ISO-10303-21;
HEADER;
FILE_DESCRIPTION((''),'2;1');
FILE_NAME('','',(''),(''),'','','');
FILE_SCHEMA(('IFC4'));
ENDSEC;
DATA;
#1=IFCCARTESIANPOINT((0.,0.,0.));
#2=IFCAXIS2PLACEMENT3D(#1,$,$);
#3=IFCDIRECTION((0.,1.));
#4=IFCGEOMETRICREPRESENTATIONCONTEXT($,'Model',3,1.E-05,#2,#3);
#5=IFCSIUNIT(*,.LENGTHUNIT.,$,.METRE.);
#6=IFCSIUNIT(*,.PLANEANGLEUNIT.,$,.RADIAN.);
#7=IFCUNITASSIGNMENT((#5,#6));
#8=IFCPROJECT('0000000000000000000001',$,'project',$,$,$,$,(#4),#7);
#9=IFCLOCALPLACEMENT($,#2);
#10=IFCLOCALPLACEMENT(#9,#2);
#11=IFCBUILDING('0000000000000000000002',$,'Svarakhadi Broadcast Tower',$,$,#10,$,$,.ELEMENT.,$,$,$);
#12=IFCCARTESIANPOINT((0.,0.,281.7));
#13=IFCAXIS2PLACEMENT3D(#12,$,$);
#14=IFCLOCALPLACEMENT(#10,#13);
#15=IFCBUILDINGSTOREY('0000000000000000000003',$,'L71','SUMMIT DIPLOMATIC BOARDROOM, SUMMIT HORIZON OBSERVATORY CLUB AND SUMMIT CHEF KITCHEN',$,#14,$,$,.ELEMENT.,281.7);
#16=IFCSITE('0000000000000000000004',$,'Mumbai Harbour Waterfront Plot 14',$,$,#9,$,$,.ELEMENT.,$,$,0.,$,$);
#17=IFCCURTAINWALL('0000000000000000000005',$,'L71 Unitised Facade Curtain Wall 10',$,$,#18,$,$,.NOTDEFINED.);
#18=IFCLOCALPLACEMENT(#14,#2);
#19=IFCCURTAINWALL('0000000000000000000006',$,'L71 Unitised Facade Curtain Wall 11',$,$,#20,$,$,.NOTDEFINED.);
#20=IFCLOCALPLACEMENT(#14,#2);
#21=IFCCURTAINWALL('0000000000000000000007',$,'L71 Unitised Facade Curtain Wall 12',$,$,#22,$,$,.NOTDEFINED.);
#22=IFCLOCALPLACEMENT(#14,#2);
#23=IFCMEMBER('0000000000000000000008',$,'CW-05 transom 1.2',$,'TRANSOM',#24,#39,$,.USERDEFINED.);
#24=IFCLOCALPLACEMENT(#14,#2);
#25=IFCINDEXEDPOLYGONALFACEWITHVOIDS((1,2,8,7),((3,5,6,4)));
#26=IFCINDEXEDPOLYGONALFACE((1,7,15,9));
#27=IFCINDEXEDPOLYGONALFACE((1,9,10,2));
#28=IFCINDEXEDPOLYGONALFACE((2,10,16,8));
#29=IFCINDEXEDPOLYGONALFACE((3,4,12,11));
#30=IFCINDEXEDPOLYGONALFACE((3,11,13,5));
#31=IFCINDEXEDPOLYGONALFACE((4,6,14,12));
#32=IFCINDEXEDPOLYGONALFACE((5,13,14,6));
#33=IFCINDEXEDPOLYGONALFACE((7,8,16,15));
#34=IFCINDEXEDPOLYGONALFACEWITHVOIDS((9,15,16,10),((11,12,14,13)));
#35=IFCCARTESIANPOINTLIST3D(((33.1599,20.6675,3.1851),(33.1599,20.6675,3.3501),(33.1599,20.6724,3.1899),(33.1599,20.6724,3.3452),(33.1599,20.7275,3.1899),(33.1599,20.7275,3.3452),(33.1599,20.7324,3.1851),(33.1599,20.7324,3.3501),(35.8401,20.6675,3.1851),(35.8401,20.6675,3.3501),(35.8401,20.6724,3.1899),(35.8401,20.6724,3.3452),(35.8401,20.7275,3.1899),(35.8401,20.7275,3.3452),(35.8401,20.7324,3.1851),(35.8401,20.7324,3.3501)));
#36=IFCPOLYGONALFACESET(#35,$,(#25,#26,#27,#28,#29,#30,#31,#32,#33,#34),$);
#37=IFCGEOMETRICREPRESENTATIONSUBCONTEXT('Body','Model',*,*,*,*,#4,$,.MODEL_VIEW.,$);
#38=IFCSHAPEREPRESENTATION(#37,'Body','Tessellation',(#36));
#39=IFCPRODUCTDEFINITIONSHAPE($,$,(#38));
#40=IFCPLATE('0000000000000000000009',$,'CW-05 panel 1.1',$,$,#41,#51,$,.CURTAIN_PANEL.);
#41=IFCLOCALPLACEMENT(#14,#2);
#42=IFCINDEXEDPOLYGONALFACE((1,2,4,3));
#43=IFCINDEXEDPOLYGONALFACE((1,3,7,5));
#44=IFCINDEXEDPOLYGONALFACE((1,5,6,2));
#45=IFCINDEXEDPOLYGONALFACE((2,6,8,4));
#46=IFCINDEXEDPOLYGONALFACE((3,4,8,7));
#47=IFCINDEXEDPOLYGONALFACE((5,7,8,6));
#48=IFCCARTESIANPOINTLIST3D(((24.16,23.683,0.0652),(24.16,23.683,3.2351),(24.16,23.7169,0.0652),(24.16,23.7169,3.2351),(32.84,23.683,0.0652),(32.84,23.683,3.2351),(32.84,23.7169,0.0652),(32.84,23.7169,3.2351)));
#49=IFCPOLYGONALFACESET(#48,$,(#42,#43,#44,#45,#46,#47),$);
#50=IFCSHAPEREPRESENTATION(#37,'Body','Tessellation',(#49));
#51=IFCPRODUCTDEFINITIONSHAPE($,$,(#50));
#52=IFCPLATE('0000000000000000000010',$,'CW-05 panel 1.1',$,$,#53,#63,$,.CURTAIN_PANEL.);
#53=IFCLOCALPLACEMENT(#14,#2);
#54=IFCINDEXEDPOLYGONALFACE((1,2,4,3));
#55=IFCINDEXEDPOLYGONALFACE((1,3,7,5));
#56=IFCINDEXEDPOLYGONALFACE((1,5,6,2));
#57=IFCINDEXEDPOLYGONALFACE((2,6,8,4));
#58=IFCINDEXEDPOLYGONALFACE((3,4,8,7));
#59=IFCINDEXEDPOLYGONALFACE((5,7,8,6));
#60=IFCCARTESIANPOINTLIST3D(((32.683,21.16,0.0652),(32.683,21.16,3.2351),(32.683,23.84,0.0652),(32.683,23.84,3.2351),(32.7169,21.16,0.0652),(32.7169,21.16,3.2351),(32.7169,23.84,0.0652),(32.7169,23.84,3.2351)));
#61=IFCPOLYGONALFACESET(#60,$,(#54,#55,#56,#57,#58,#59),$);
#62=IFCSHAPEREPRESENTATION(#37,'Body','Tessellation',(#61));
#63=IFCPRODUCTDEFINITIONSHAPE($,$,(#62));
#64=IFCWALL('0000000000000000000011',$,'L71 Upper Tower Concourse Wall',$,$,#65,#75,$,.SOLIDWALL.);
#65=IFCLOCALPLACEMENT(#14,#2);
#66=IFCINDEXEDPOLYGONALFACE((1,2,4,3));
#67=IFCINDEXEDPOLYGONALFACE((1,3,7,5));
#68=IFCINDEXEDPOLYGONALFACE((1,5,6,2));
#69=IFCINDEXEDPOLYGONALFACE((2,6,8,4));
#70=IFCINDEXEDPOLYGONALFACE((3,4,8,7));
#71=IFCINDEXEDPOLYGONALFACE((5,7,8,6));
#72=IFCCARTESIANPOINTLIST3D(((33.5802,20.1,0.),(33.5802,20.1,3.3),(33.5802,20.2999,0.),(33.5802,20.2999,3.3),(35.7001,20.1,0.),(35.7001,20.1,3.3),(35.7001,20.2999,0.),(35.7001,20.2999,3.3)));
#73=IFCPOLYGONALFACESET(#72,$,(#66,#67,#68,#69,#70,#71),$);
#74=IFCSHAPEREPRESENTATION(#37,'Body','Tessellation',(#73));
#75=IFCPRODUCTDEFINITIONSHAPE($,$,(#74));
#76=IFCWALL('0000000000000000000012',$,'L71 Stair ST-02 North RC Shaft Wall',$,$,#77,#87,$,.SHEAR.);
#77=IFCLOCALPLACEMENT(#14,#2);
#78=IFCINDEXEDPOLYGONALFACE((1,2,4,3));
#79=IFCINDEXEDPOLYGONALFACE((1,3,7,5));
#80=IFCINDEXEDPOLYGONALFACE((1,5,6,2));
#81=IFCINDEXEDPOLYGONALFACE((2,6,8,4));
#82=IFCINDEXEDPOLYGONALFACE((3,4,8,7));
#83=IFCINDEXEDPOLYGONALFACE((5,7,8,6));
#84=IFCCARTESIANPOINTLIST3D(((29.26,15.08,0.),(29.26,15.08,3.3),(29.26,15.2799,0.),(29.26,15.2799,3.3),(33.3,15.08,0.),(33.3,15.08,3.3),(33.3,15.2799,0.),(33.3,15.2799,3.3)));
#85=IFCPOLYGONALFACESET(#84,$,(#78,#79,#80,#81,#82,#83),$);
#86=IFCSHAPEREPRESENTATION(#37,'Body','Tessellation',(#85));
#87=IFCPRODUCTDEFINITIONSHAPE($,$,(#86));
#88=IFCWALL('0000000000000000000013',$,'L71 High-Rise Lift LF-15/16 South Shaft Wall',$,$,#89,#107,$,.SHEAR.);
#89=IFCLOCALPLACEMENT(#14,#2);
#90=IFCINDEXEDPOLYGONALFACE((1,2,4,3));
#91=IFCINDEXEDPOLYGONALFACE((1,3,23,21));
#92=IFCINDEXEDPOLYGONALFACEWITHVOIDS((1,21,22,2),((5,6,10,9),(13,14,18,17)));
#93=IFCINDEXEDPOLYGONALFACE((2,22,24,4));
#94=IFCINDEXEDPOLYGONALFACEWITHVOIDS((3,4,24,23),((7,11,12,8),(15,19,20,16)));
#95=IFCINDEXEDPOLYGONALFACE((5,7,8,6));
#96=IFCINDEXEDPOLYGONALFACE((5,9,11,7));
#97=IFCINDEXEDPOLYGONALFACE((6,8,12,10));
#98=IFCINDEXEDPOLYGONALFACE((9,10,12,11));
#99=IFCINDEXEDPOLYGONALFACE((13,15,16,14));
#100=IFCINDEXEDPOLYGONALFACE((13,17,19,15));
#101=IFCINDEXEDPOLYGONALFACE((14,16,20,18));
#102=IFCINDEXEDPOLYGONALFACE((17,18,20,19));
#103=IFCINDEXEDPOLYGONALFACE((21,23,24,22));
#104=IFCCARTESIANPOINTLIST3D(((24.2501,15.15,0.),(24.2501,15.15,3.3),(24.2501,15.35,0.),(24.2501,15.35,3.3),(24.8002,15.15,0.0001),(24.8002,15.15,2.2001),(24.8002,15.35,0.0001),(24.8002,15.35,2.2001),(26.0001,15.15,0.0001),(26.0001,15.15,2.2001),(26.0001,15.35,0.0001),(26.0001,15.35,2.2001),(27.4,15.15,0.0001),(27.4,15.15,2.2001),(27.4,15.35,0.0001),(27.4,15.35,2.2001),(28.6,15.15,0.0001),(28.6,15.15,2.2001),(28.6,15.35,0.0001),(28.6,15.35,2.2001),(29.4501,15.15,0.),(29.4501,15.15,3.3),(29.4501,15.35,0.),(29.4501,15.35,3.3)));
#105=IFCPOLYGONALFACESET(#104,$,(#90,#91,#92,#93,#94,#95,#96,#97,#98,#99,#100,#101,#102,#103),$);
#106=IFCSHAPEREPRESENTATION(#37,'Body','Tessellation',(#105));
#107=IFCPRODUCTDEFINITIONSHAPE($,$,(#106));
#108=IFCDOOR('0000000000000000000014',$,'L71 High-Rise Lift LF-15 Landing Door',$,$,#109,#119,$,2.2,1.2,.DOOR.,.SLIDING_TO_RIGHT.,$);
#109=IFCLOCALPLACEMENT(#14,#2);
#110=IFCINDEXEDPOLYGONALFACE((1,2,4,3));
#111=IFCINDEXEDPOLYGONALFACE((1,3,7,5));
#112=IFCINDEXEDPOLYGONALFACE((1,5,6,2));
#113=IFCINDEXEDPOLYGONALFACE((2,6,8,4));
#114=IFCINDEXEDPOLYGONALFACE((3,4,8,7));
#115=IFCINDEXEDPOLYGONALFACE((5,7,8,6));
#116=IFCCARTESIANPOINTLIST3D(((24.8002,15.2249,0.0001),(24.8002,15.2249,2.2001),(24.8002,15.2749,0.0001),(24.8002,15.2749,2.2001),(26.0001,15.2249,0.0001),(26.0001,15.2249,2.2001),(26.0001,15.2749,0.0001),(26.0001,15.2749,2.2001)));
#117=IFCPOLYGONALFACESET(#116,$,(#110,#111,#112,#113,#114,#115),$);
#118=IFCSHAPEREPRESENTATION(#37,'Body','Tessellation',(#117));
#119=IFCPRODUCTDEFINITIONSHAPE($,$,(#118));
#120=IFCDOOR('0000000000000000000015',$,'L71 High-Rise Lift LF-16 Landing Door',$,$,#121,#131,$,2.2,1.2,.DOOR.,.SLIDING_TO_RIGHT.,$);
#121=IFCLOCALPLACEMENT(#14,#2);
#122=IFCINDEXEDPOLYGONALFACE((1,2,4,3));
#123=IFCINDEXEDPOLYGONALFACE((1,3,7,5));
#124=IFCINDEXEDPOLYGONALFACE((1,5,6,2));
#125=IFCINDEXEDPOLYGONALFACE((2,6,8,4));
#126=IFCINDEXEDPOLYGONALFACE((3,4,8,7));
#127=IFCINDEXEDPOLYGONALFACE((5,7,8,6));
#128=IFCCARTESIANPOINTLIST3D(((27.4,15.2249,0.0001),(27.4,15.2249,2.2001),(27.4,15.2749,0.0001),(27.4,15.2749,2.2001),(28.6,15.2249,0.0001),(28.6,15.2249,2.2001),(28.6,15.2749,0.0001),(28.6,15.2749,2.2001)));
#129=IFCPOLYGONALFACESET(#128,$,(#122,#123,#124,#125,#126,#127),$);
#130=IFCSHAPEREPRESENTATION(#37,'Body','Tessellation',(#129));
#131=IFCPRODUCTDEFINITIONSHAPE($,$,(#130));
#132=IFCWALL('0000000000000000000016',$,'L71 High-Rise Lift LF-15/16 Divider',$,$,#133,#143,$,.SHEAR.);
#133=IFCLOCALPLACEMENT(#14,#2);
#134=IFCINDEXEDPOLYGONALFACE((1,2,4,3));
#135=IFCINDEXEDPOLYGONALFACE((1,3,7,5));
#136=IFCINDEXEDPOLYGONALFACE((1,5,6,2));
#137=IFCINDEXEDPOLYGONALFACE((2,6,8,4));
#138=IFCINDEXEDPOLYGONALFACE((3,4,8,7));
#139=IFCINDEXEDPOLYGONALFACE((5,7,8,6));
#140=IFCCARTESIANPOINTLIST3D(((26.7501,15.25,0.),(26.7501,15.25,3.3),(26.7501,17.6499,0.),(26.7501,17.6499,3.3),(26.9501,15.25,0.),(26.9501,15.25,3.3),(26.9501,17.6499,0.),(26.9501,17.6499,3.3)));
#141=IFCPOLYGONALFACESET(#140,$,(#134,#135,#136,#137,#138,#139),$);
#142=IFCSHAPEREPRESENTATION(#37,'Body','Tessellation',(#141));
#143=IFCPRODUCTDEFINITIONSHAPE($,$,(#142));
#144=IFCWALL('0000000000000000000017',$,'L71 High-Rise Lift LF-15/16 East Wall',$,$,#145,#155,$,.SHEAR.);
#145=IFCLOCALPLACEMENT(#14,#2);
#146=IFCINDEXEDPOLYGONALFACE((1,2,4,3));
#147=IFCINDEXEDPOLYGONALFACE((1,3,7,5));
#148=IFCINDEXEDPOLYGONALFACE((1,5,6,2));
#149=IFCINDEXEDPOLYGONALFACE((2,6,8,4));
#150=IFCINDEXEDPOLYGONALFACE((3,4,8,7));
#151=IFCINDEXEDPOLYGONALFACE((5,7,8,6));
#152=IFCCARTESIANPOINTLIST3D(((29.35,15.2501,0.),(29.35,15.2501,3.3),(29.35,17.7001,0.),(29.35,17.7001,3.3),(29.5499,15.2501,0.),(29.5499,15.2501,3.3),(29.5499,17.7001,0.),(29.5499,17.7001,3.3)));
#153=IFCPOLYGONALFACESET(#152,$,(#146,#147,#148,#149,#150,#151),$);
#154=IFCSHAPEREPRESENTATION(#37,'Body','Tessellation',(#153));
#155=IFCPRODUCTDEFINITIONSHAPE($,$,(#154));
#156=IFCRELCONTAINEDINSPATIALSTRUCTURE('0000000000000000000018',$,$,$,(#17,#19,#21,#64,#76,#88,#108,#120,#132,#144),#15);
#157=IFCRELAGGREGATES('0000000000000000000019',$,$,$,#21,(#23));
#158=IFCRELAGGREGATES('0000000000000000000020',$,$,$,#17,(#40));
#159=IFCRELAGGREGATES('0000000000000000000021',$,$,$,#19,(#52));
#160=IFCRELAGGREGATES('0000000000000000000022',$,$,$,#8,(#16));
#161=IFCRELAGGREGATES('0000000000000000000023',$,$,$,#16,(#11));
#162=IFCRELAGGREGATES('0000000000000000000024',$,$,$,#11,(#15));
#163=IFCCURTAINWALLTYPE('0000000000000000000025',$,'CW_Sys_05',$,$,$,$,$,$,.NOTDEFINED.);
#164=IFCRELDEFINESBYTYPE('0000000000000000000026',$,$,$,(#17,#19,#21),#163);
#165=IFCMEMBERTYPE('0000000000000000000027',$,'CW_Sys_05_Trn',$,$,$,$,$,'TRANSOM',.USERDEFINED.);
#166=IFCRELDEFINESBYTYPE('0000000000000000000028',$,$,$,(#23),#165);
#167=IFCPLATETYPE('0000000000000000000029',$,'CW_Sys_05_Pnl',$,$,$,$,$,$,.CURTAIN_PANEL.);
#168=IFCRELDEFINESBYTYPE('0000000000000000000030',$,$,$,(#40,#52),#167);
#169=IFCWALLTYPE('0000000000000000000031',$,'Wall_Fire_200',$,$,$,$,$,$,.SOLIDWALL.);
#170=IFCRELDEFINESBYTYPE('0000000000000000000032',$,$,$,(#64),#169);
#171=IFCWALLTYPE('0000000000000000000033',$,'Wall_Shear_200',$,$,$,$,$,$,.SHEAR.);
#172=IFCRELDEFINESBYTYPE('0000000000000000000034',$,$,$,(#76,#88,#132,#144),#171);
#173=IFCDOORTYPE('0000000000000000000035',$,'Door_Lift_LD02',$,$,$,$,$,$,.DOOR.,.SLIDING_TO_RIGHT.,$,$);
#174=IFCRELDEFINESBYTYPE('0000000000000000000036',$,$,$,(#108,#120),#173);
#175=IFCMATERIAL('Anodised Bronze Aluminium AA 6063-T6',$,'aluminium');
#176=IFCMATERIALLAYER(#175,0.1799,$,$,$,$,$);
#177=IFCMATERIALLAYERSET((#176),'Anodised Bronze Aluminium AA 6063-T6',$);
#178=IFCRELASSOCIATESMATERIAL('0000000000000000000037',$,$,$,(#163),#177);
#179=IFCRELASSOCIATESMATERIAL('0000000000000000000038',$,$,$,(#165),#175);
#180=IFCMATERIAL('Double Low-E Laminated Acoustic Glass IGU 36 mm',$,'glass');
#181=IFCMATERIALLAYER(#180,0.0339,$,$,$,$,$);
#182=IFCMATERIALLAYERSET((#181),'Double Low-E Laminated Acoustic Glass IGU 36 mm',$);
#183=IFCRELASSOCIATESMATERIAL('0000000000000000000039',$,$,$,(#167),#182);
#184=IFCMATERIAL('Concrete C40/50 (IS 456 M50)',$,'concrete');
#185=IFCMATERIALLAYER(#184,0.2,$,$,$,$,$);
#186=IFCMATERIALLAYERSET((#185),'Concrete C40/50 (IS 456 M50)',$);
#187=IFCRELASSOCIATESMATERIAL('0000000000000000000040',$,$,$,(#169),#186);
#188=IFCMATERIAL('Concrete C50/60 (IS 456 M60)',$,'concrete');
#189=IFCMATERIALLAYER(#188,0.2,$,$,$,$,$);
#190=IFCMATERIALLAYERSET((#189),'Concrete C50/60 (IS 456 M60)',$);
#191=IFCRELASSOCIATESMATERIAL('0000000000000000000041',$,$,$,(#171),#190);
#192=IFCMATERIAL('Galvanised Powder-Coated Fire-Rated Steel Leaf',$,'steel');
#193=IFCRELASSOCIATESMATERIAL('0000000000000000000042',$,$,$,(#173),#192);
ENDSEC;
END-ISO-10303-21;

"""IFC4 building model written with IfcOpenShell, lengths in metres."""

from ifc_helpers import new_model, si_unit, direction, frame, frame_2d, origin, origin_2d, place, context, subcontext, project, spatial, rectangle, hollow_rectangle, extrude, material, layer, layer_set, material_profile, profile_set, type_object, element, fill, aggregate, save


model = new_model("IFC4")

# Units and contexts
model_context = context("Model", 3, precision=1e-05, world=origin(), true_north=direction((0.0, 1.0)))
body_context = subcontext(model_context, "Body", "Model", "MODEL_VIEW")
ifc_project = project(units=[si_unit("LENGTHUNIT", "METRE"), si_unit("PLANEANGLEUNIT", "RADIAN")], contexts=[model_context])

# Site, building, storey
site_placement = place(None, origin())
site = spatial("IfcSite", under=ifc_project, at=site_placement, Name="Mumbai Harbour Waterfront Plot 14", CompositionType="ELEMENT", RefElevation=0.0)
building_placement = place(site_placement, origin())
building = spatial("IfcBuilding", under=site, at=building_placement, Name="Svarakhadi Broadcast Tower", CompositionType="ELEMENT")
storey_placement = place(building_placement, frame((0.0, 0.0, 281.7)))
storey = spatial("IfcBuildingStorey", under=building, at=storey_placement, Name="L71", Description="SUMMIT DIPLOMATIC BOARDROOM, SUMMIT HORIZON OBSERVATORY CLUB AND SUMMIT CHEF KITCHEN", CompositionType="ELEMENT", Elevation=281.7)

# Shared definitions
ifc_material_1 = material(Name="Concrete C50/60 (IS 456 M60)", Category="concrete")

# Curtain walls
ifc_material_2 = material(Name="Anodised Bronze Aluminium AA 6063-T6", Category="aluminium")
ifc_layer_1 = layer(ifc_material_2, 0.1799)
ifc_layer_set_1 = layer_set([ifc_layer_1], Name="Anodised Bronze Aluminium AA 6063-T6")
curtain_wall_type = type_object("IfcCurtainWallType", Name="CW_Sys_05", PredefinedType="NOTDEFINED", material=ifc_layer_set_1)
curtain_wall_1_placement = place(storey_placement, origin())
curtain_wall_1 = element("IfcCurtainWall", 1, at=curtain_wall_1_placement, inside=storey, type_object=curtain_wall_type, Name="L71 Unitised Facade Curtain Wall 10", PredefinedType="NOTDEFINED")
curtain_wall_2_placement = place(storey_placement, origin())
curtain_wall_2 = element("IfcCurtainWall", 2, at=curtain_wall_2_placement, inside=storey, type_object=curtain_wall_type, Name="L71 Unitised Facade Curtain Wall 11", PredefinedType="NOTDEFINED")

# Curtain wall
curtain_wall_3_placement = place(storey_placement, origin())
curtain_wall_3 = element("IfcCurtainWall", 3, at=curtain_wall_3_placement, inside=storey, type_object=curtain_wall_type, Name="L71 Unitised Facade Curtain Wall 12", PredefinedType="NOTDEFINED")

# Member
ifc_material_profile_1 = material_profile(ifc_material_2, hollow_rectangle(XDim=0.0649, YDim=0.165, WallThickness=0.0049, at=origin_2d()), Name="ALU TRANSOM 165x65x5")
ifc_profile_set_1 = profile_set([ifc_material_profile_1], Name="Anodised Bronze Aluminium AA 6063-T6")
member_type_1 = type_object("IfcMemberType", Name="CW_Sys_05_Trn", ElementType="TRANSOM", PredefinedType="USERDEFINED", material=ifc_profile_set_1)
member_1_placement = place(storey_placement, frame((33.1599, 20.7, 3.2676), z_axis=(1.0, 0.0, 0.0), x_axis=(0.0, 1.0, 0.0)))
member_1 = element("IfcMember", 4, at=member_1_placement, type_object=member_type_1, Name="CW-05 transom 1.2", ObjectType="TRANSOM", PredefinedType="USERDEFINED", context=body_context, shape_type="SweptSolid", body=[
    extrude(hollow_rectangle(XDim=0.0649, YDim=0.165, WallThickness=0.0049, at=origin_2d()), origin(), (0.0, 0.0, 1.0), 2.6802),
])
aggregate(curtain_wall_3, [member_1])

# Plates
ifc_material_3 = material(Name="Double Low-E Laminated Acoustic Glass IGU 36 mm", Category="glass")
ifc_layer_2 = layer(ifc_material_3, 0.0339)
ifc_layer_set_2 = layer_set([ifc_layer_2], Name="Double Low-E Laminated Acoustic Glass IGU 36 mm")
plate_type = type_object("IfcPlateType", Name="CW_Sys_05_Pnl", PredefinedType="CURTAIN_PANEL", material=ifc_layer_set_2)
plate_1_placement = place(storey_placement, frame((28.5, 23.7, 0.0652), z_axis=(0.0, 0.0, 1.0), x_axis=(1.0, 0.0, 0.0)))
plate_1 = element("IfcPlate", 5, at=plate_1_placement, type_object=plate_type, Name="CW-05 panel 1.1", PredefinedType="CURTAIN_PANEL", context=body_context, shape_type="SweptSolid", body=[
    extrude(rectangle(XDim=8.6799, YDim=0.0339, at=origin_2d()), origin(), (0.0, 0.0, 1.0), 3.1699),
])
aggregate(curtain_wall_1, [plate_1])
plate_2_placement = place(storey_placement, frame((32.7, 22.5, 0.0652), z_axis=(0.0, 0.0, 1.0), x_axis=(0.0, -1.0, 0.0)))
plate_2 = element("IfcPlate", 6, at=plate_2_placement, type_object=plate_type, Name="CW-05 panel 1.1", PredefinedType="CURTAIN_PANEL", context=body_context, shape_type="SweptSolid", body=[
    extrude(rectangle(XDim=2.6799, YDim=0.0339, at=origin_2d()), origin(), (0.0, 0.0, 1.0), 3.1699),
])
aggregate(curtain_wall_2, [plate_2])

# Wall
ifc_material_4 = material(Name="Concrete C40/50 (IS 456 M50)", Category="concrete")
ifc_layer_3 = layer(ifc_material_4, 0.2)
ifc_layer_set_3 = layer_set([ifc_layer_3], Name="Concrete C40/50 (IS 456 M50)")
wall_type_1 = type_object("IfcWallType", Name="Wall_Fire_200", PredefinedType="SOLIDWALL", material=ifc_layer_set_3)
wall_1_placement = place(storey_placement, frame((33.5801, 20.2, 0.0), z_axis=(0.0, 0.0, 1.0), x_axis=(1.0, 0.0, 0.0)))
element("IfcWall", 7, at=wall_1_placement, inside=storey, type_object=wall_type_1, Name="L71 Upper Tower Concourse Wall", PredefinedType="SOLIDWALL", context=body_context, shape_type="SweptSolid", body=[
    extrude(rectangle(XDim=2.1199, YDim=0.2, at=frame_2d((1.0601, 0.0))), origin(), (0.0, 0.0, 1.0), 3.3),
])

# Shared definitions
ifc_material_5 = material(Name="Galvanised Powder-Coated Fire-Rated Steel Leaf", Category="steel")

# Wall
ifc_layer_4 = layer(ifc_material_1, 0.2)
ifc_layer_set_4 = layer_set([ifc_layer_4], Name="Concrete C50/60 (IS 456 M60)")
wall_type_2 = type_object("IfcWallType", Name="Wall_Shear_200", PredefinedType="SHEAR", material=ifc_layer_set_4)
wall_2_placement = place(storey_placement, frame((29.26, 15.1799, 0.0), z_axis=(0.0, 0.0, 1.0), x_axis=(1.0, 0.0, 0.0)))
element("IfcWall", 8, at=wall_2_placement, inside=storey, type_object=wall_type_2, Name="L71 Stair ST-02 North RC Shaft Wall", PredefinedType="SHEAR", context=body_context, shape_type="SweptSolid", body=[
    extrude(rectangle(XDim=4.04, YDim=0.2, at=frame_2d((2.02, 0.0))), origin(), (0.0, 0.0, 1.0), 3.3),
])

# Wall, openings, doors
wall_3_placement = place(storey_placement, frame((24.25, 15.25, 0.0), z_axis=(0.0, 0.0, 1.0), x_axis=(1.0, 0.0, 0.0)))
wall_3 = element("IfcWall", 9, at=wall_3_placement, inside=storey, type_object=wall_type_2, Name="L71 High-Rise Lift LF-15/16 South Shaft Wall", PredefinedType="SHEAR", context=body_context, shape_type="SweptSolid", body=[
    extrude(rectangle(XDim=5.2, YDim=0.2, at=frame_2d((2.6001, 0.0))), origin(), (0.0, 0.0, 1.0), 3.3),
])
opening_1_placement = place(wall_3_placement, frame((0.55, 0.0, 0.0)))
opening_1 = element("IfcOpeningElement", 10, at=opening_1_placement, cuts=wall_3, PredefinedType="OPENING", context=body_context, shape_type="SweptSolid", body=[
    extrude(rectangle(XDim=1.2, YDim=2.2, at=frame_2d((0.6001, 1.1001))), frame((0.0, 0.1099, 0.0), z_axis=(0.0, -1.0, 0.0), x_axis=(1.0, 0.0, 0.0)), (0.0, 0.0, 1.0), 0.22),
])
opening_2_placement = place(wall_3_placement, frame((3.1499, 0.0, 0.0)))
opening_2 = element("IfcOpeningElement", 11, at=opening_2_placement, cuts=wall_3, PredefinedType="OPENING", context=body_context, shape_type="SweptSolid", body=[
    extrude(rectangle(XDim=1.2, YDim=2.2, at=frame_2d((0.6001, 1.1001))), frame((0.0, 0.1099, 0.0), z_axis=(0.0, -1.0, 0.0), x_axis=(1.0, 0.0, 0.0)), (0.0, 0.0, 1.0), 0.22),
])
door_type_1 = type_object("IfcDoorType", Name="Door_Lift_LD02", OperationType="SLIDING_TO_RIGHT", PredefinedType="DOOR", material=ifc_material_5)
door_1_placement = place(opening_1_placement, origin())
door_1 = element("IfcDoor", 12, at=door_1_placement, inside=storey, type_object=door_type_1, Name="L71 High-Rise Lift LF-15 Landing Door", OperationType="SLIDING_TO_RIGHT", OverallHeight=2.2, OverallWidth=1.2, PredefinedType="DOOR", context=body_context, shape_type="SweptSolid", body=[
    extrude(rectangle(XDim=1.2, YDim=2.2, at=frame_2d((0.6001, 1.1001))), frame((0.0, 0.0249, 0.0), z_axis=(0.0, -1.0, 0.0), x_axis=(1.0, 0.0, 0.0)), (0.0, 0.0, 1.0), 0.05),
])
fill(opening_1, door_1)
door_2_placement = place(opening_2_placement, origin())
door_2 = element("IfcDoor", 13, at=door_2_placement, inside=storey, type_object=door_type_1, Name="L71 High-Rise Lift LF-16 Landing Door", OperationType="SLIDING_TO_RIGHT", OverallHeight=2.2, OverallWidth=1.2, PredefinedType="DOOR", context=body_context, shape_type="SweptSolid", body=[
    extrude(rectangle(XDim=1.2, YDim=2.2, at=frame_2d((0.6001, 1.1001))), frame((0.0, 0.0249, 0.0), z_axis=(0.0, -1.0, 0.0), x_axis=(1.0, 0.0, 0.0)), (0.0, 0.0, 1.0), 0.05),
])
fill(opening_2, door_2)

# Walls
wall_4_placement = place(storey_placement, frame((26.8501, 15.25, 0.0), z_axis=(0.0, 0.0, 1.0), x_axis=(0.0, 1.0, 0.0)))
element("IfcWall", 14, at=wall_4_placement, inside=storey, type_object=wall_type_2, Name="L71 High-Rise Lift LF-15/16 Divider", PredefinedType="SHEAR", context=body_context, shape_type="SweptSolid", body=[
    extrude(rectangle(XDim=2.3999, YDim=0.2, at=frame_2d((1.2, 0.0))), origin(), (0.0, 0.0, 1.0), 3.3),
])
wall_5_placement = place(storey_placement, frame((29.45, 15.25, 0.0), z_axis=(0.0, 0.0, 1.0), x_axis=(0.0, 1.0, 0.0)))
element("IfcWall", 15, at=wall_5_placement, inside=storey, type_object=wall_type_2, Name="L71 High-Rise Lift LF-15/16 East Wall", PredefinedType="SHEAR", context=body_context, shape_type="SweptSolid", body=[
    extrude(rectangle(XDim=2.45, YDim=0.2, at=frame_2d((1.2251, 0.0))), origin(), (0.0, 0.0, 1.0), 3.3),
])

save(model, "model.ifc")
